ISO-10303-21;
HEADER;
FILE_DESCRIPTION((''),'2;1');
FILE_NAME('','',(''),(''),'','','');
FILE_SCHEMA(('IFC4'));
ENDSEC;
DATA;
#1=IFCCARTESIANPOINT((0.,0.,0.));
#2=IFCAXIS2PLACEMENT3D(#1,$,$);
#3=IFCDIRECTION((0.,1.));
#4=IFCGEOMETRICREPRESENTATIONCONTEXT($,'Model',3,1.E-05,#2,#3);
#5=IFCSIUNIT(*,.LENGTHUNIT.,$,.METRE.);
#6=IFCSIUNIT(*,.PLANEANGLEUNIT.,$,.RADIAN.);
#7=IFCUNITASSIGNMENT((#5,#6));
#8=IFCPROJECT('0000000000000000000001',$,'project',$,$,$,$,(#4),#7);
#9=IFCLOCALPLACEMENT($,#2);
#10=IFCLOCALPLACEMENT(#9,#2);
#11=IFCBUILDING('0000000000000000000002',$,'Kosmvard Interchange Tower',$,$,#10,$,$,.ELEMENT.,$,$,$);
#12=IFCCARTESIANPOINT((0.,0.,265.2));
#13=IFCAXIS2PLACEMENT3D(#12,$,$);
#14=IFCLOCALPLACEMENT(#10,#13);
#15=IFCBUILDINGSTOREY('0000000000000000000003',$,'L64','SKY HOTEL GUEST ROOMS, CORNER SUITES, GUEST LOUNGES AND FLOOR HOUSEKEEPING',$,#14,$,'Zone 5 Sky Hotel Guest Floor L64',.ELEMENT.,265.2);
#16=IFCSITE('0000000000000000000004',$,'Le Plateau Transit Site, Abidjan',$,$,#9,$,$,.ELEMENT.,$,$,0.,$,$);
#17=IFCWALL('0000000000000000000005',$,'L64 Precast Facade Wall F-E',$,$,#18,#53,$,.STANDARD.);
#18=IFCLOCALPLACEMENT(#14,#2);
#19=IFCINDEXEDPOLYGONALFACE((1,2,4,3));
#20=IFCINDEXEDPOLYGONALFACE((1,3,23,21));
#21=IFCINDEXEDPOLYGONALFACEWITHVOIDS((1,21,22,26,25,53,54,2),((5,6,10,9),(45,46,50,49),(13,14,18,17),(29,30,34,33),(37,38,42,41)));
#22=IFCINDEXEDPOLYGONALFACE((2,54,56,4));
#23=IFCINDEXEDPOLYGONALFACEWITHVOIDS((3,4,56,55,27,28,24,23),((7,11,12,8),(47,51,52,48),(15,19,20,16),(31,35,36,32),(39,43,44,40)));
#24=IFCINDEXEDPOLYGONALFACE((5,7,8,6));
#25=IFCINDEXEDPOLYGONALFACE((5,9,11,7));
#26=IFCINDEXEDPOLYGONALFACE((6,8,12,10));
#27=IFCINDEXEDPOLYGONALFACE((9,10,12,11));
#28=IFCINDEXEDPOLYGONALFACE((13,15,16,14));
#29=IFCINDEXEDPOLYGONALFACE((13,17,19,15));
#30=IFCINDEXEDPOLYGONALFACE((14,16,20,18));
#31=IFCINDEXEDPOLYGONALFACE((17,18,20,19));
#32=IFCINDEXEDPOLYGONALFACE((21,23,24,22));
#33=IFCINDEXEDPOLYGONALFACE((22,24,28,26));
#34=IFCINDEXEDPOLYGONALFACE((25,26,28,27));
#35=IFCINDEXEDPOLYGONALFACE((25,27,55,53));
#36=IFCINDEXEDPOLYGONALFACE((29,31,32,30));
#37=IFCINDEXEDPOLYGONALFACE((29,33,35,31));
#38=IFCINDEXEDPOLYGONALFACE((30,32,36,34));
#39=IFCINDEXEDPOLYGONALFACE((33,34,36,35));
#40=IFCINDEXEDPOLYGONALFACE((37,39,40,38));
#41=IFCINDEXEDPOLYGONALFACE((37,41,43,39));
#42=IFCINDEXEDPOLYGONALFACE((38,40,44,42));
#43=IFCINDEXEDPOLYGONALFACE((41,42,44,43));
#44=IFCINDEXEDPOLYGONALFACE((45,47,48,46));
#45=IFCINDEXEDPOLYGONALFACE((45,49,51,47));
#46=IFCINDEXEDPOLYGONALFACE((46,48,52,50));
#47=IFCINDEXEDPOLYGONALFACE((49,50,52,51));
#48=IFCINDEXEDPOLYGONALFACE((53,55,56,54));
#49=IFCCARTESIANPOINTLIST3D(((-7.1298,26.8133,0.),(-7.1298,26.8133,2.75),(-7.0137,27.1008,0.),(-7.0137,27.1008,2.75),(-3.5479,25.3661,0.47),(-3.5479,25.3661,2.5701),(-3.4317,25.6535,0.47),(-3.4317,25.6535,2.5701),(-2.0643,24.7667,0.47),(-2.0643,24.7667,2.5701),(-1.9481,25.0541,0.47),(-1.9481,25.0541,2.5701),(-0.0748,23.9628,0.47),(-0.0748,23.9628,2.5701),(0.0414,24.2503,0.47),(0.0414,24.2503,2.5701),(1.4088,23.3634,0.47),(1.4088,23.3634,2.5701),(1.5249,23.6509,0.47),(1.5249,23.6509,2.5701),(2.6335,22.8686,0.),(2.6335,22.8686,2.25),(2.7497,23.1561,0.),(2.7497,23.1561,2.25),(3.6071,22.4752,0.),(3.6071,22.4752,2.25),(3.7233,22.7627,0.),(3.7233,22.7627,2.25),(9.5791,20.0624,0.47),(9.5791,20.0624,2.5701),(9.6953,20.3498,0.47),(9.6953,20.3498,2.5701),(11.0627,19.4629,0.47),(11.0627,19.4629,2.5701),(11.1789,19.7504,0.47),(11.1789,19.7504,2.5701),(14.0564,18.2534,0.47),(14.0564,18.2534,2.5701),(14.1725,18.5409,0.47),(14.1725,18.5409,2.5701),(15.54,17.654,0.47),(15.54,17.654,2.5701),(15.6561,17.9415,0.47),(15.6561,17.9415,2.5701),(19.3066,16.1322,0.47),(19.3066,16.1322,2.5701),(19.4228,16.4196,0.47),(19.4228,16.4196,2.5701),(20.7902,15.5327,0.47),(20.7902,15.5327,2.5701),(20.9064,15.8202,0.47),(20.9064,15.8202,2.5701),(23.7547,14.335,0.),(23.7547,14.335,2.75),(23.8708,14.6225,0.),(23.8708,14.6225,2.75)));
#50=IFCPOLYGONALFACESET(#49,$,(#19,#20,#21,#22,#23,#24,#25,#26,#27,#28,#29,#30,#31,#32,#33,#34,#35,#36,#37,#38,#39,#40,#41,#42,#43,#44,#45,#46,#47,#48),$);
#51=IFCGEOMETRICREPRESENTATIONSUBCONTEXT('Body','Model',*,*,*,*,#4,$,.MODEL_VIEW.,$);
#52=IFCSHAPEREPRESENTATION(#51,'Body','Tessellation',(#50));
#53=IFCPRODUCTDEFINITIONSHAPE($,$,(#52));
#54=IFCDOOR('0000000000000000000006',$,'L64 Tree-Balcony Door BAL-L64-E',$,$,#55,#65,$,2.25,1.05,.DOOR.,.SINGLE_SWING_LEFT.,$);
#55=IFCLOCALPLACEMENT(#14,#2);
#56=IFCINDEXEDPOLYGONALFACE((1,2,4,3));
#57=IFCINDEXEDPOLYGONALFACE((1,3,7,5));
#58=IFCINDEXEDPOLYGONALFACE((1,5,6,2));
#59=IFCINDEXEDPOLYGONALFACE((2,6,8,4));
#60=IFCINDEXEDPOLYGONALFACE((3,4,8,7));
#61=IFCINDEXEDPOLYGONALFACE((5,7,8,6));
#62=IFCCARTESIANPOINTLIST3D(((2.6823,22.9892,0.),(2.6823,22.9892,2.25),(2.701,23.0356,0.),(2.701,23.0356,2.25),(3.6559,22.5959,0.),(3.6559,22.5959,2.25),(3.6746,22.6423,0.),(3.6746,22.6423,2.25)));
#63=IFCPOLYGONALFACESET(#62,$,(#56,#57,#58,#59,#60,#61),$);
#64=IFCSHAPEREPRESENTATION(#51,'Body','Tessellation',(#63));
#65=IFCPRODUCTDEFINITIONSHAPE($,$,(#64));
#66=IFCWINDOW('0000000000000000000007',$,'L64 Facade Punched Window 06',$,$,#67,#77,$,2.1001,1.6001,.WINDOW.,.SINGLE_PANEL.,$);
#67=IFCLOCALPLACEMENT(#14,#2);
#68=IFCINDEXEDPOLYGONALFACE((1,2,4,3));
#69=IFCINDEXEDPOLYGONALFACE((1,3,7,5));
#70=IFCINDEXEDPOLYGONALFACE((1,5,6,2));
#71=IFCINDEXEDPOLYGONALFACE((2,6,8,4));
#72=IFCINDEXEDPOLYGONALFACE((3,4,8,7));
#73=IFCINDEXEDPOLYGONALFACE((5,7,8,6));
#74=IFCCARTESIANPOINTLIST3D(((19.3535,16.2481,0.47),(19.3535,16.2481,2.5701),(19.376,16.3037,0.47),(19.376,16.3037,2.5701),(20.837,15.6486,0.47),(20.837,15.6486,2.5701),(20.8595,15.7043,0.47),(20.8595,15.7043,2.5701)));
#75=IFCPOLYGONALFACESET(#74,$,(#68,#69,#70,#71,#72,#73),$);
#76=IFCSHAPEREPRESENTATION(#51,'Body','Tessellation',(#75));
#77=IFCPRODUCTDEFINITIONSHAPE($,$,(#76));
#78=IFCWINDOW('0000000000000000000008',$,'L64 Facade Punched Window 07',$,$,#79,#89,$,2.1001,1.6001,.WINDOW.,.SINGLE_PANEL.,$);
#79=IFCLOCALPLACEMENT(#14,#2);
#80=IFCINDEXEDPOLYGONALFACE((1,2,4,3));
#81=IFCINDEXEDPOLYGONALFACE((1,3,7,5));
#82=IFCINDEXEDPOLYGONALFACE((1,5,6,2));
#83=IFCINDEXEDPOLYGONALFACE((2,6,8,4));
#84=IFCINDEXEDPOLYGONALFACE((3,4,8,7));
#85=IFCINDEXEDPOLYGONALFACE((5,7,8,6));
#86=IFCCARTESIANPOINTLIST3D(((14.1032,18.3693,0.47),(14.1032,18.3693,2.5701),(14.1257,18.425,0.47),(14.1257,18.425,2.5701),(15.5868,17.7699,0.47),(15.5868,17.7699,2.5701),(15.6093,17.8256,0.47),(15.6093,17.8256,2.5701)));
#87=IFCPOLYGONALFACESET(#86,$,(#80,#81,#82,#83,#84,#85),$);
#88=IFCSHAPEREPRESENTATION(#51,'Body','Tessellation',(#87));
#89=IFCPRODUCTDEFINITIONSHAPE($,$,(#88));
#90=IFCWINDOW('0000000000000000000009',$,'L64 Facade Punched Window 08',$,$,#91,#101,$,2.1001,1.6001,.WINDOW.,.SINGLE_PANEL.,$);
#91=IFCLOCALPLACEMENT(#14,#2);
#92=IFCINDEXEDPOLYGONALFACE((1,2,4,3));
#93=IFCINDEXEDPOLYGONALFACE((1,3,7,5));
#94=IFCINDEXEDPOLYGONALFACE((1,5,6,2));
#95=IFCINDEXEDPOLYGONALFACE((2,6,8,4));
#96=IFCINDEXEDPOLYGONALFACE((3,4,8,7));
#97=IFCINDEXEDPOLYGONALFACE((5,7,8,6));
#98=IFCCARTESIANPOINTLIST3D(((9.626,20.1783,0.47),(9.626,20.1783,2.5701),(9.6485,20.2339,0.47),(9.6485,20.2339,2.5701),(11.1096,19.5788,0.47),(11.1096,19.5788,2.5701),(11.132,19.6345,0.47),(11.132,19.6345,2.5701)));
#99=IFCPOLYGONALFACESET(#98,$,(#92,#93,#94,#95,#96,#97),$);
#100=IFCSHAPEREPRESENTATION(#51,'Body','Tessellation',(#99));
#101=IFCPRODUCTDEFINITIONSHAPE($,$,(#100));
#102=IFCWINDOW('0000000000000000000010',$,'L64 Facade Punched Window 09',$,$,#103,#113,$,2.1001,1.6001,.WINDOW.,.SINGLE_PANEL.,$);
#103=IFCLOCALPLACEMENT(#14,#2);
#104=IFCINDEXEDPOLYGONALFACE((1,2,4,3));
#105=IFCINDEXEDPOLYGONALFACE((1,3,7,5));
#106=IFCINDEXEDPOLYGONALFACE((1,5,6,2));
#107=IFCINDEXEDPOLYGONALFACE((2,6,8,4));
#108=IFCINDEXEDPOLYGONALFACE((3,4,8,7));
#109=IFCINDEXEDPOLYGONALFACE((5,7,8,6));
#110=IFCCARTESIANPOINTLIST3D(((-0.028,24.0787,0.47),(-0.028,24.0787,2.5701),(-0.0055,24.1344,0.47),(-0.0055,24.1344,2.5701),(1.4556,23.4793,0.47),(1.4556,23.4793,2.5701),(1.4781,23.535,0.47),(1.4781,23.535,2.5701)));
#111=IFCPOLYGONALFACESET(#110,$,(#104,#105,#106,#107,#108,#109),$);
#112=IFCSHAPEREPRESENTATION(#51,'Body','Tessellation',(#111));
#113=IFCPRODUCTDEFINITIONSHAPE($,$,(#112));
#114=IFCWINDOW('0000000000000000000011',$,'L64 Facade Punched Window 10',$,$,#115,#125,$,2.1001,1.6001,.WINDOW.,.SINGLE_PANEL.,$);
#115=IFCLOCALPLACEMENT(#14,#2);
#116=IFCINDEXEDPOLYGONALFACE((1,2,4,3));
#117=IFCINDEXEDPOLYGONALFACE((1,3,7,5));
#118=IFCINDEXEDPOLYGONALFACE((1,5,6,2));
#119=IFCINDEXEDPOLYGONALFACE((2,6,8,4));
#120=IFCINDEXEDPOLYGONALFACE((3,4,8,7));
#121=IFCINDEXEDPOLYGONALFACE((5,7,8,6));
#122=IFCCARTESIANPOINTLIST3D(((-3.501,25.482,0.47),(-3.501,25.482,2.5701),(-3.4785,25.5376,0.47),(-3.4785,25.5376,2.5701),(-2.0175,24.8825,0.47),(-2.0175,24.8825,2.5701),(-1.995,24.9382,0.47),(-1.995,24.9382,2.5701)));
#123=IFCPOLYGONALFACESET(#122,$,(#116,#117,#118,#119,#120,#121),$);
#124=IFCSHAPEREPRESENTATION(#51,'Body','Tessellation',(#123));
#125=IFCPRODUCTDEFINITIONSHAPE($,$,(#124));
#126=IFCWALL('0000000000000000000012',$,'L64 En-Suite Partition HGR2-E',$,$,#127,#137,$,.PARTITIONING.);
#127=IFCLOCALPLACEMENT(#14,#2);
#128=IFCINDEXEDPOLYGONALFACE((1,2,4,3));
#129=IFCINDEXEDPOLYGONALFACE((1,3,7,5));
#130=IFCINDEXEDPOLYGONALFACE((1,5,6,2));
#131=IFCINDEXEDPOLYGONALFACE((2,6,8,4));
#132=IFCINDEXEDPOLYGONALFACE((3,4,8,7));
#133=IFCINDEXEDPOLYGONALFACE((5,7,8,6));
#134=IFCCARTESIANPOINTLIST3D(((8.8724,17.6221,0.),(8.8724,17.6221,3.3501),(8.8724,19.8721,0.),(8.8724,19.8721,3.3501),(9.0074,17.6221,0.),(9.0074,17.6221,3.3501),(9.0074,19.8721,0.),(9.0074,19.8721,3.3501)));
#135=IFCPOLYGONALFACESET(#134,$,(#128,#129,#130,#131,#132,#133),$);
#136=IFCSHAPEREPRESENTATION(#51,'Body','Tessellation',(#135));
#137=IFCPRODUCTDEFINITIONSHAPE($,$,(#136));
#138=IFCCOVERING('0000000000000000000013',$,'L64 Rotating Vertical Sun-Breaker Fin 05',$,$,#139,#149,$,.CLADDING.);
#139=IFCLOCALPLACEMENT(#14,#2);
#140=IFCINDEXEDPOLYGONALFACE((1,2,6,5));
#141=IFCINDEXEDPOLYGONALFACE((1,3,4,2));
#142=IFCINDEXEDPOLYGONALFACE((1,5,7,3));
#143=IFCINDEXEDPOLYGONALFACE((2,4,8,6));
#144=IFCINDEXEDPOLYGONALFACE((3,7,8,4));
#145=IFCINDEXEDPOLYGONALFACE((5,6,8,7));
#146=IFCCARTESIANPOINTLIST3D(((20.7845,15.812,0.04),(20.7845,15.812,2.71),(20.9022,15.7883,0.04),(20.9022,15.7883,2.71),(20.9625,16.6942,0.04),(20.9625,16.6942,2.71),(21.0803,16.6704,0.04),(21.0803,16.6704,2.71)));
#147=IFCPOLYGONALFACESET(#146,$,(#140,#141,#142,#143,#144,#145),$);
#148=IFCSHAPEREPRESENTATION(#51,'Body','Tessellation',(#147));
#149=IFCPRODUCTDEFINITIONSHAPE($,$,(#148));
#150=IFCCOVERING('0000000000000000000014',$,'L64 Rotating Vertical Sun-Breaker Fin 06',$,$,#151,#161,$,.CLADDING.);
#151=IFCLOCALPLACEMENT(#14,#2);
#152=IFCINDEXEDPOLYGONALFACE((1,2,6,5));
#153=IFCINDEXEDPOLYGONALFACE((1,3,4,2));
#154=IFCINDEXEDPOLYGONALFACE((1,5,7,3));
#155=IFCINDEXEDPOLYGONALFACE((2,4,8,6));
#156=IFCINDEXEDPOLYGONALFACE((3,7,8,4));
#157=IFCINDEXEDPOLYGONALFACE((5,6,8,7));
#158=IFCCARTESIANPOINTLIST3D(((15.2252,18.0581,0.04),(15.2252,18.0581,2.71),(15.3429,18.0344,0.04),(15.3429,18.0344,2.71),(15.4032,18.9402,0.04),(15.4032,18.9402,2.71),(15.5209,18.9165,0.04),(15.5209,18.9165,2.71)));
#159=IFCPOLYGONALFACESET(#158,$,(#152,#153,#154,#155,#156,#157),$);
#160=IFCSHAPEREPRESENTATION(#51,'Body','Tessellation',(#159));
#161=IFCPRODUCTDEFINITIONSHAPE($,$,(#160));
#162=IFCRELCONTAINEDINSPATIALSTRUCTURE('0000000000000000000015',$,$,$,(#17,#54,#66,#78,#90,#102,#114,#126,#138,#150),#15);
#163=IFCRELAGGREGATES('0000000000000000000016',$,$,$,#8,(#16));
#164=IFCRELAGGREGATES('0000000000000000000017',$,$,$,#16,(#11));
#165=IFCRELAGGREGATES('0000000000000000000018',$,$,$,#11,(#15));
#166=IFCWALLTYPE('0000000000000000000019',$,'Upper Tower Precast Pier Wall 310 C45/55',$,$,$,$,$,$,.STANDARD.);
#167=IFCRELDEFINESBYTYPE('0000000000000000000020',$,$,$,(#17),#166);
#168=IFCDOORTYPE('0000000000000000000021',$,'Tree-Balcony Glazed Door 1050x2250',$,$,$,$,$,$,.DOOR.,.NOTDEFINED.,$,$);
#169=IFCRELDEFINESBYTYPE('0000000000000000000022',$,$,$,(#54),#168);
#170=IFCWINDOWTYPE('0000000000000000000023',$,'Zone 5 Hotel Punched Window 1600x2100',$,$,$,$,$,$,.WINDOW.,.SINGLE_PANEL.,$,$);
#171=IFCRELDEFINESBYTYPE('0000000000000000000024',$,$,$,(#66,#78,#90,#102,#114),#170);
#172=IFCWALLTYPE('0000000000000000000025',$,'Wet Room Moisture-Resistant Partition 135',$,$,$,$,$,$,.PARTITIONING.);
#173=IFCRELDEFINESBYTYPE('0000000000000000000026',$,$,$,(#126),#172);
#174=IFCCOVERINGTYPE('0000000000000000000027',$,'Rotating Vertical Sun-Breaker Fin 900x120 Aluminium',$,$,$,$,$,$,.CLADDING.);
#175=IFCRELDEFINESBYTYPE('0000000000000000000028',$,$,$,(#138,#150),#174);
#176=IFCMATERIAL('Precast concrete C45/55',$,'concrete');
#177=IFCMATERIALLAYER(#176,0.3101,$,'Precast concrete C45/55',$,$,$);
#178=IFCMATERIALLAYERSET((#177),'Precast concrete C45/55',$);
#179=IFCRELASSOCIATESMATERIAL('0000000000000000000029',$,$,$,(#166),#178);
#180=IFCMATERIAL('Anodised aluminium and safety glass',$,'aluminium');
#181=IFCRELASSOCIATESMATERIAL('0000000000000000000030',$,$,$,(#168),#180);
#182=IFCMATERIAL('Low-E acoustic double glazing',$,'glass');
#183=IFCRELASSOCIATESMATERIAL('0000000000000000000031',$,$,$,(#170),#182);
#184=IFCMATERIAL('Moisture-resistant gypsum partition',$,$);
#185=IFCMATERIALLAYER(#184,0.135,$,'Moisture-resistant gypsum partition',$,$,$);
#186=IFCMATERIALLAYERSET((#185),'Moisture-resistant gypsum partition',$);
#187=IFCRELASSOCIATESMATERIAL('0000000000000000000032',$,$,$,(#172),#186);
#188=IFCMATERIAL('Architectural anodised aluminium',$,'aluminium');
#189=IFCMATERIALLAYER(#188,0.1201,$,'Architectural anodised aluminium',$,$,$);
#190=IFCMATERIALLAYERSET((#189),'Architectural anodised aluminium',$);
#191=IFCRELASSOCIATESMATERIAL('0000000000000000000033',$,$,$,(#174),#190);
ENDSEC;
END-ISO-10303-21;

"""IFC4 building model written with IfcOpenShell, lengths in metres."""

from ifc_helpers import new_model, si_unit, direction, frame, frame_2d, origin, origin_2d, place, context, subcontext, project, spatial, rectangle, extrude, source, transform, mapped, material, layer, layer_set, type_object, element, fill, save


model = new_model("IFC4")

# Units and contexts
model_context = context("Model", 3, precision=1e-05, world=origin(), true_north=direction((0.0, 1.0)))
body_context = subcontext(model_context, "Body", "Model", "MODEL_VIEW")
ifc_project = project(units=[si_unit("LENGTHUNIT", "METRE"), si_unit("PLANEANGLEUNIT", "RADIAN")], contexts=[model_context])

# Site, building, storey
site_placement = place(None, origin())
site = spatial("IfcSite", under=ifc_project, at=site_placement, Name="Le Plateau Transit Site, Abidjan", CompositionType="ELEMENT", RefElevation=0.0)
building_placement = place(site_placement, origin())
building = spatial("IfcBuilding", under=site, at=building_placement, Name="Kosmvard Interchange Tower", CompositionType="ELEMENT")
storey_placement = place(building_placement, frame((0.0, 0.0, 265.2)))
storey = spatial("IfcBuildingStorey", under=building, at=storey_placement, Name="L64", Description="SKY HOTEL GUEST ROOMS, CORNER SUITES, GUEST LOUNGES AND FLOOR HOUSEKEEPING", LongName="Zone 5 Sky Hotel Guest Floor L64", CompositionType="ELEMENT", Elevation=265.2)

# Wall, openings, door, windows
ifc_material_1 = material(Name="Precast concrete C45/55", Category="concrete")
ifc_layer_1 = layer(ifc_material_1, 0.3101, Name="Precast concrete C45/55")
ifc_layer_set_1 = layer_set([ifc_layer_1], Name="Precast concrete C45/55")
wall_type_1 = type_object("IfcWallType", Name="Upper Tower Precast Pier Wall 310 C45/55", PredefinedType="STANDARD", material=ifc_layer_set_1)
wall_1_placement = place(storey_placement, frame((23.8127, 14.4788, 0.0), z_axis=(0.0, 0.0, 1.0), x_axis=(-0.927183, 0.37461, 0.0)))
wall_1 = element("IfcWall", 1, at=wall_1_placement, inside=storey, type_object=wall_type_1, Name="L64 Precast Facade Wall F-E", PredefinedType="STANDARD", context=body_context, shape_type="SweptSolid", body=[
    extrude(rectangle(XDim=33.3101, YDim=0.3101, at=frame_2d((16.655, 0.0))), origin(), (0.0, 0.0, 1.0), 2.75),
])
opening_1_placement = place(wall_1_placement, frame((21.73, 0.0, 0.0)))
opening_1 = element("IfcOpeningElement", 2, at=opening_1_placement, cuts=wall_1, PredefinedType="OPENING", context=body_context, shape_type="SweptSolid", body=[
    extrude(rectangle(XDim=1.05, YDim=2.25, at=frame_2d((0.5249, 1.125))), frame((0.0, 0.165, 0.0), z_axis=(0.0, -1.0, 0.0), x_axis=(1.0, 0.0, 0.0)), (0.0, 0.0, 1.0), 0.3301),
])
opening_2_placement = place(wall_1_placement, frame((3.1973, 0.0, 0.47)))
opening_2 = element("IfcOpeningElement", 3, at=opening_2_placement, cuts=wall_1, PredefinedType="OPENING", context=body_context, shape_type="SweptSolid", body=[
    extrude(rectangle(XDim=1.6001, YDim=2.1001, at=frame_2d((0.8, 1.05))), frame((0.0, 0.165, 0.0), z_axis=(0.0, -1.0, 0.0), x_axis=(1.0, 0.0, 0.0)), (0.0, 0.0, 1.0), 0.3301),
])
opening_3_placement = place(wall_1_placement, frame((8.8599, 0.0, 0.47)))
opening_3 = element("IfcOpeningElement", 4, at=opening_3_placement, cuts=wall_1, PredefinedType="OPENING", context=body_context, shape_type="SweptSolid", body=[
    extrude(rectangle(XDim=1.6001, YDim=2.1001, at=frame_2d((0.8, 1.05))), frame((0.0, 0.165, 0.0), z_axis=(0.0, -1.0, 0.0), x_axis=(1.0, 0.0, 0.0)), (0.0, 0.0, 1.0), 0.3301),
])
opening_4_placement = place(wall_1_placement, frame((13.6887, 0.0, 0.47)))
opening_4 = element("IfcOpeningElement", 5, at=opening_4_placement, cuts=wall_1, PredefinedType="OPENING", context=body_context, shape_type="SweptSolid", body=[
    extrude(rectangle(XDim=1.6001, YDim=2.1001, at=frame_2d((0.8, 1.05))), frame((0.0, 0.165, 0.0), z_axis=(0.0, -1.0, 0.0), x_axis=(1.0, 0.0, 0.0)), (0.0, 0.0, 1.0), 0.3301),
])
opening_5_placement = place(wall_1_placement, frame((24.1008, 0.0, 0.47)))
opening_5 = element("IfcOpeningElement", 6, at=opening_5_placement, cuts=wall_1, PredefinedType="OPENING", context=body_context, shape_type="SweptSolid", body=[
    extrude(rectangle(XDim=1.6001, YDim=2.1001, at=frame_2d((0.8, 1.05))), frame((0.0, 0.165, 0.0), z_axis=(0.0, -1.0, 0.0), x_axis=(1.0, 0.0, 0.0)), (0.0, 0.0, 1.0), 0.3301),
])
opening_6_placement = place(wall_1_placement, frame((27.8467, 0.0, 0.47)))
opening_6 = element("IfcOpeningElement", 7, at=opening_6_placement, cuts=wall_1, PredefinedType="OPENING", context=body_context, shape_type="SweptSolid", body=[
    extrude(rectangle(XDim=1.6001, YDim=2.1001, at=frame_2d((0.8, 1.05))), frame((0.0, 0.165, 0.0), z_axis=(0.0, -1.0, 0.0), x_axis=(1.0, 0.0, 0.0)), (0.0, 0.0, 1.0), 0.3301),
])
ifc_material_2 = material(Name="Anodised aluminium and safety glass", Category="aluminium")
door_type = type_object("IfcDoorType", Name="Tree-Balcony Glazed Door 1050x2250", OperationType="NOTDEFINED", PredefinedType="DOOR", material=ifc_material_2)
shared_shape_1 = source(origin(), body_context, "Body", "SweptSolid", [
    extrude(rectangle(XDim=1.05, YDim=2.25, at=frame_2d((0.5249, 1.125))), frame((0.0, 0.0249, 0.0), z_axis=(0.0, -1.0, 0.0), x_axis=(1.0, 0.0, 0.0)), (0.0, 0.0, 1.0), 0.05),
])
door_placement = place(opening_1_placement, origin())
door = element("IfcDoor", 8, at=door_placement, inside=storey, type_object=door_type, Name="L64 Tree-Balcony Door BAL-L64-E", OperationType="SINGLE_SWING_LEFT", OverallHeight=2.25, OverallWidth=1.05, PredefinedType="DOOR", context=body_context, shape_type="MappedRepresentation", body=[
    mapped(shared_shape_1, transform((0.0, 0.0, 0.0), scale=1.0)),
])
fill(opening_1, door)
ifc_material_3 = material(Name="Low-E acoustic double glazing", Category="glass")
window_type = type_object("IfcWindowType", Name="Zone 5 Hotel Punched Window 1600x2100", PartitioningType="SINGLE_PANEL", PredefinedType="WINDOW", material=ifc_material_3)
shared_shape_2 = source(origin(), body_context, "Body", "SweptSolid", [
    extrude(rectangle(XDim=1.6001, YDim=2.1001, at=frame_2d((0.8, 1.05))), frame((0.0, 0.03, 0.0), z_axis=(0.0, -1.0, 0.0), x_axis=(1.0, 0.0, 0.0)), (0.0, 0.0, 1.0), 0.0601),
])
window_1_placement = place(opening_2_placement, origin())
window_1 = element("IfcWindow", 9, at=window_1_placement, inside=storey, type_object=window_type, Name="L64 Facade Punched Window 06", OverallHeight=2.1001, OverallWidth=1.6001, PartitioningType="SINGLE_PANEL", PredefinedType="WINDOW", context=body_context, shape_type="MappedRepresentation", body=[
    mapped(shared_shape_2, transform((0.0, 0.0, 0.0), scale=1.0)),
])
fill(opening_2, window_1)
window_2_placement = place(opening_3_placement, origin())
window_2 = element("IfcWindow", 10, at=window_2_placement, inside=storey, type_object=window_type, Name="L64 Facade Punched Window 07", OverallHeight=2.1001, OverallWidth=1.6001, PartitioningType="SINGLE_PANEL", PredefinedType="WINDOW", context=body_context, shape_type="MappedRepresentation", body=[
    mapped(shared_shape_2, transform((0.0, 0.0, 0.0), scale=1.0)),
])
fill(opening_3, window_2)
window_3_placement = place(opening_4_placement, origin())
window_3 = element("IfcWindow", 11, at=window_3_placement, inside=storey, type_object=window_type, Name="L64 Facade Punched Window 08", OverallHeight=2.1001, OverallWidth=1.6001, PartitioningType="SINGLE_PANEL", PredefinedType="WINDOW", context=body_context, shape_type="MappedRepresentation", body=[
    mapped(shared_shape_2, transform((0.0, 0.0, 0.0), scale=1.0)),
])
fill(opening_4, window_3)
window_4_placement = place(opening_5_placement, origin())
window_4 = element("IfcWindow", 12, at=window_4_placement, inside=storey, type_object=window_type, Name="L64 Facade Punched Window 09", OverallHeight=2.1001, OverallWidth=1.6001, PartitioningType="SINGLE_PANEL", PredefinedType="WINDOW", context=body_context, shape_type="MappedRepresentation", body=[
    mapped(shared_shape_2, transform((0.0, 0.0, 0.0), scale=1.0)),
])
fill(opening_5, window_4)
window_5_placement = place(opening_6_placement, origin())
window_5 = element("IfcWindow", 13, at=window_5_placement, inside=storey, type_object=window_type, Name="L64 Facade Punched Window 10", OverallHeight=2.1001, OverallWidth=1.6001, PartitioningType="SINGLE_PANEL", PredefinedType="WINDOW", context=body_context, shape_type="MappedRepresentation", body=[
    mapped(shared_shape_2, transform((0.0, 0.0, 0.0), scale=1.0)),
])
fill(opening_6, window_5)

# Wall
ifc_material_4 = material(Name="Moisture-resistant gypsum partition")
ifc_layer_2 = layer(ifc_material_4, 0.135, Name="Moisture-resistant gypsum partition")
ifc_layer_set_2 = layer_set([ifc_layer_2], Name="Moisture-resistant gypsum partition")
wall_type_2 = type_object("IfcWallType", Name="Wet Room Moisture-Resistant Partition 135", PredefinedType="PARTITIONING", material=ifc_layer_set_2)
wall_2_placement = place(storey_placement, frame((8.9399, 17.6221, 0.0), z_axis=(0.0, 0.0, 1.0), x_axis=(0.0, 1.0, 0.0)))
element("IfcWall", 14, at=wall_2_placement, inside=storey, type_object=wall_type_2, Name="L64 En-Suite Partition HGR2-E", PredefinedType="PARTITIONING", context=body_context, shape_type="SweptSolid", body=[
    extrude(rectangle(XDim=2.25, YDim=0.135, at=frame_2d((1.125, 0.0))), origin(), (0.0, 0.0, 1.0), 3.3501),
])

# Coverings
ifc_material_5 = material(Name="Architectural anodised aluminium", Category="aluminium")
ifc_layer_3 = layer(ifc_material_5, 0.1201, Name="Architectural anodised aluminium")
ifc_layer_set_3 = layer_set([ifc_layer_3], Name="Architectural anodised aluminium")
covering_type = type_object("IfcCoveringType", Name="Rotating Vertical Sun-Breaker Fin 900x120 Aluminium", PredefinedType="CLADDING", material=ifc_layer_set_3)
shared_shape_3 = source(origin(), body_context, "Body", "SweptSolid", [
    extrude(rectangle(XDim=0.8999, YDim=0.1201, at=origin_2d()), origin(), (0.0, 0.0, 1.0), 2.6699),
])
for number, where, z_axis, x_axis, name in (
    (15, (20.9324, 16.2412, 0.04), (0.0, 0.0, 1.0), (0.197828, 0.980237, 0.0), "L64 Rotating Vertical Sun-Breaker Fin 05"),
    (16, (15.373, 18.4873, 0.04), (0.0, 0.0, 1.0), (0.197828, 0.980237, 0.0), "L64 Rotating Vertical Sun-Breaker Fin 06"),
):
    element("IfcCovering", number, at=place(storey_placement, frame(where, z_axis=z_axis, x_axis=x_axis)), inside=storey, type_object=covering_type, Name=name, PredefinedType="CLADDING", context=body_context, shape_type="MappedRepresentation", body=[
        mapped(shared_shape_3, transform((0.0, 0.0, 0.0), scale=1.0)),
    ])

save(model, "model.ifc")
